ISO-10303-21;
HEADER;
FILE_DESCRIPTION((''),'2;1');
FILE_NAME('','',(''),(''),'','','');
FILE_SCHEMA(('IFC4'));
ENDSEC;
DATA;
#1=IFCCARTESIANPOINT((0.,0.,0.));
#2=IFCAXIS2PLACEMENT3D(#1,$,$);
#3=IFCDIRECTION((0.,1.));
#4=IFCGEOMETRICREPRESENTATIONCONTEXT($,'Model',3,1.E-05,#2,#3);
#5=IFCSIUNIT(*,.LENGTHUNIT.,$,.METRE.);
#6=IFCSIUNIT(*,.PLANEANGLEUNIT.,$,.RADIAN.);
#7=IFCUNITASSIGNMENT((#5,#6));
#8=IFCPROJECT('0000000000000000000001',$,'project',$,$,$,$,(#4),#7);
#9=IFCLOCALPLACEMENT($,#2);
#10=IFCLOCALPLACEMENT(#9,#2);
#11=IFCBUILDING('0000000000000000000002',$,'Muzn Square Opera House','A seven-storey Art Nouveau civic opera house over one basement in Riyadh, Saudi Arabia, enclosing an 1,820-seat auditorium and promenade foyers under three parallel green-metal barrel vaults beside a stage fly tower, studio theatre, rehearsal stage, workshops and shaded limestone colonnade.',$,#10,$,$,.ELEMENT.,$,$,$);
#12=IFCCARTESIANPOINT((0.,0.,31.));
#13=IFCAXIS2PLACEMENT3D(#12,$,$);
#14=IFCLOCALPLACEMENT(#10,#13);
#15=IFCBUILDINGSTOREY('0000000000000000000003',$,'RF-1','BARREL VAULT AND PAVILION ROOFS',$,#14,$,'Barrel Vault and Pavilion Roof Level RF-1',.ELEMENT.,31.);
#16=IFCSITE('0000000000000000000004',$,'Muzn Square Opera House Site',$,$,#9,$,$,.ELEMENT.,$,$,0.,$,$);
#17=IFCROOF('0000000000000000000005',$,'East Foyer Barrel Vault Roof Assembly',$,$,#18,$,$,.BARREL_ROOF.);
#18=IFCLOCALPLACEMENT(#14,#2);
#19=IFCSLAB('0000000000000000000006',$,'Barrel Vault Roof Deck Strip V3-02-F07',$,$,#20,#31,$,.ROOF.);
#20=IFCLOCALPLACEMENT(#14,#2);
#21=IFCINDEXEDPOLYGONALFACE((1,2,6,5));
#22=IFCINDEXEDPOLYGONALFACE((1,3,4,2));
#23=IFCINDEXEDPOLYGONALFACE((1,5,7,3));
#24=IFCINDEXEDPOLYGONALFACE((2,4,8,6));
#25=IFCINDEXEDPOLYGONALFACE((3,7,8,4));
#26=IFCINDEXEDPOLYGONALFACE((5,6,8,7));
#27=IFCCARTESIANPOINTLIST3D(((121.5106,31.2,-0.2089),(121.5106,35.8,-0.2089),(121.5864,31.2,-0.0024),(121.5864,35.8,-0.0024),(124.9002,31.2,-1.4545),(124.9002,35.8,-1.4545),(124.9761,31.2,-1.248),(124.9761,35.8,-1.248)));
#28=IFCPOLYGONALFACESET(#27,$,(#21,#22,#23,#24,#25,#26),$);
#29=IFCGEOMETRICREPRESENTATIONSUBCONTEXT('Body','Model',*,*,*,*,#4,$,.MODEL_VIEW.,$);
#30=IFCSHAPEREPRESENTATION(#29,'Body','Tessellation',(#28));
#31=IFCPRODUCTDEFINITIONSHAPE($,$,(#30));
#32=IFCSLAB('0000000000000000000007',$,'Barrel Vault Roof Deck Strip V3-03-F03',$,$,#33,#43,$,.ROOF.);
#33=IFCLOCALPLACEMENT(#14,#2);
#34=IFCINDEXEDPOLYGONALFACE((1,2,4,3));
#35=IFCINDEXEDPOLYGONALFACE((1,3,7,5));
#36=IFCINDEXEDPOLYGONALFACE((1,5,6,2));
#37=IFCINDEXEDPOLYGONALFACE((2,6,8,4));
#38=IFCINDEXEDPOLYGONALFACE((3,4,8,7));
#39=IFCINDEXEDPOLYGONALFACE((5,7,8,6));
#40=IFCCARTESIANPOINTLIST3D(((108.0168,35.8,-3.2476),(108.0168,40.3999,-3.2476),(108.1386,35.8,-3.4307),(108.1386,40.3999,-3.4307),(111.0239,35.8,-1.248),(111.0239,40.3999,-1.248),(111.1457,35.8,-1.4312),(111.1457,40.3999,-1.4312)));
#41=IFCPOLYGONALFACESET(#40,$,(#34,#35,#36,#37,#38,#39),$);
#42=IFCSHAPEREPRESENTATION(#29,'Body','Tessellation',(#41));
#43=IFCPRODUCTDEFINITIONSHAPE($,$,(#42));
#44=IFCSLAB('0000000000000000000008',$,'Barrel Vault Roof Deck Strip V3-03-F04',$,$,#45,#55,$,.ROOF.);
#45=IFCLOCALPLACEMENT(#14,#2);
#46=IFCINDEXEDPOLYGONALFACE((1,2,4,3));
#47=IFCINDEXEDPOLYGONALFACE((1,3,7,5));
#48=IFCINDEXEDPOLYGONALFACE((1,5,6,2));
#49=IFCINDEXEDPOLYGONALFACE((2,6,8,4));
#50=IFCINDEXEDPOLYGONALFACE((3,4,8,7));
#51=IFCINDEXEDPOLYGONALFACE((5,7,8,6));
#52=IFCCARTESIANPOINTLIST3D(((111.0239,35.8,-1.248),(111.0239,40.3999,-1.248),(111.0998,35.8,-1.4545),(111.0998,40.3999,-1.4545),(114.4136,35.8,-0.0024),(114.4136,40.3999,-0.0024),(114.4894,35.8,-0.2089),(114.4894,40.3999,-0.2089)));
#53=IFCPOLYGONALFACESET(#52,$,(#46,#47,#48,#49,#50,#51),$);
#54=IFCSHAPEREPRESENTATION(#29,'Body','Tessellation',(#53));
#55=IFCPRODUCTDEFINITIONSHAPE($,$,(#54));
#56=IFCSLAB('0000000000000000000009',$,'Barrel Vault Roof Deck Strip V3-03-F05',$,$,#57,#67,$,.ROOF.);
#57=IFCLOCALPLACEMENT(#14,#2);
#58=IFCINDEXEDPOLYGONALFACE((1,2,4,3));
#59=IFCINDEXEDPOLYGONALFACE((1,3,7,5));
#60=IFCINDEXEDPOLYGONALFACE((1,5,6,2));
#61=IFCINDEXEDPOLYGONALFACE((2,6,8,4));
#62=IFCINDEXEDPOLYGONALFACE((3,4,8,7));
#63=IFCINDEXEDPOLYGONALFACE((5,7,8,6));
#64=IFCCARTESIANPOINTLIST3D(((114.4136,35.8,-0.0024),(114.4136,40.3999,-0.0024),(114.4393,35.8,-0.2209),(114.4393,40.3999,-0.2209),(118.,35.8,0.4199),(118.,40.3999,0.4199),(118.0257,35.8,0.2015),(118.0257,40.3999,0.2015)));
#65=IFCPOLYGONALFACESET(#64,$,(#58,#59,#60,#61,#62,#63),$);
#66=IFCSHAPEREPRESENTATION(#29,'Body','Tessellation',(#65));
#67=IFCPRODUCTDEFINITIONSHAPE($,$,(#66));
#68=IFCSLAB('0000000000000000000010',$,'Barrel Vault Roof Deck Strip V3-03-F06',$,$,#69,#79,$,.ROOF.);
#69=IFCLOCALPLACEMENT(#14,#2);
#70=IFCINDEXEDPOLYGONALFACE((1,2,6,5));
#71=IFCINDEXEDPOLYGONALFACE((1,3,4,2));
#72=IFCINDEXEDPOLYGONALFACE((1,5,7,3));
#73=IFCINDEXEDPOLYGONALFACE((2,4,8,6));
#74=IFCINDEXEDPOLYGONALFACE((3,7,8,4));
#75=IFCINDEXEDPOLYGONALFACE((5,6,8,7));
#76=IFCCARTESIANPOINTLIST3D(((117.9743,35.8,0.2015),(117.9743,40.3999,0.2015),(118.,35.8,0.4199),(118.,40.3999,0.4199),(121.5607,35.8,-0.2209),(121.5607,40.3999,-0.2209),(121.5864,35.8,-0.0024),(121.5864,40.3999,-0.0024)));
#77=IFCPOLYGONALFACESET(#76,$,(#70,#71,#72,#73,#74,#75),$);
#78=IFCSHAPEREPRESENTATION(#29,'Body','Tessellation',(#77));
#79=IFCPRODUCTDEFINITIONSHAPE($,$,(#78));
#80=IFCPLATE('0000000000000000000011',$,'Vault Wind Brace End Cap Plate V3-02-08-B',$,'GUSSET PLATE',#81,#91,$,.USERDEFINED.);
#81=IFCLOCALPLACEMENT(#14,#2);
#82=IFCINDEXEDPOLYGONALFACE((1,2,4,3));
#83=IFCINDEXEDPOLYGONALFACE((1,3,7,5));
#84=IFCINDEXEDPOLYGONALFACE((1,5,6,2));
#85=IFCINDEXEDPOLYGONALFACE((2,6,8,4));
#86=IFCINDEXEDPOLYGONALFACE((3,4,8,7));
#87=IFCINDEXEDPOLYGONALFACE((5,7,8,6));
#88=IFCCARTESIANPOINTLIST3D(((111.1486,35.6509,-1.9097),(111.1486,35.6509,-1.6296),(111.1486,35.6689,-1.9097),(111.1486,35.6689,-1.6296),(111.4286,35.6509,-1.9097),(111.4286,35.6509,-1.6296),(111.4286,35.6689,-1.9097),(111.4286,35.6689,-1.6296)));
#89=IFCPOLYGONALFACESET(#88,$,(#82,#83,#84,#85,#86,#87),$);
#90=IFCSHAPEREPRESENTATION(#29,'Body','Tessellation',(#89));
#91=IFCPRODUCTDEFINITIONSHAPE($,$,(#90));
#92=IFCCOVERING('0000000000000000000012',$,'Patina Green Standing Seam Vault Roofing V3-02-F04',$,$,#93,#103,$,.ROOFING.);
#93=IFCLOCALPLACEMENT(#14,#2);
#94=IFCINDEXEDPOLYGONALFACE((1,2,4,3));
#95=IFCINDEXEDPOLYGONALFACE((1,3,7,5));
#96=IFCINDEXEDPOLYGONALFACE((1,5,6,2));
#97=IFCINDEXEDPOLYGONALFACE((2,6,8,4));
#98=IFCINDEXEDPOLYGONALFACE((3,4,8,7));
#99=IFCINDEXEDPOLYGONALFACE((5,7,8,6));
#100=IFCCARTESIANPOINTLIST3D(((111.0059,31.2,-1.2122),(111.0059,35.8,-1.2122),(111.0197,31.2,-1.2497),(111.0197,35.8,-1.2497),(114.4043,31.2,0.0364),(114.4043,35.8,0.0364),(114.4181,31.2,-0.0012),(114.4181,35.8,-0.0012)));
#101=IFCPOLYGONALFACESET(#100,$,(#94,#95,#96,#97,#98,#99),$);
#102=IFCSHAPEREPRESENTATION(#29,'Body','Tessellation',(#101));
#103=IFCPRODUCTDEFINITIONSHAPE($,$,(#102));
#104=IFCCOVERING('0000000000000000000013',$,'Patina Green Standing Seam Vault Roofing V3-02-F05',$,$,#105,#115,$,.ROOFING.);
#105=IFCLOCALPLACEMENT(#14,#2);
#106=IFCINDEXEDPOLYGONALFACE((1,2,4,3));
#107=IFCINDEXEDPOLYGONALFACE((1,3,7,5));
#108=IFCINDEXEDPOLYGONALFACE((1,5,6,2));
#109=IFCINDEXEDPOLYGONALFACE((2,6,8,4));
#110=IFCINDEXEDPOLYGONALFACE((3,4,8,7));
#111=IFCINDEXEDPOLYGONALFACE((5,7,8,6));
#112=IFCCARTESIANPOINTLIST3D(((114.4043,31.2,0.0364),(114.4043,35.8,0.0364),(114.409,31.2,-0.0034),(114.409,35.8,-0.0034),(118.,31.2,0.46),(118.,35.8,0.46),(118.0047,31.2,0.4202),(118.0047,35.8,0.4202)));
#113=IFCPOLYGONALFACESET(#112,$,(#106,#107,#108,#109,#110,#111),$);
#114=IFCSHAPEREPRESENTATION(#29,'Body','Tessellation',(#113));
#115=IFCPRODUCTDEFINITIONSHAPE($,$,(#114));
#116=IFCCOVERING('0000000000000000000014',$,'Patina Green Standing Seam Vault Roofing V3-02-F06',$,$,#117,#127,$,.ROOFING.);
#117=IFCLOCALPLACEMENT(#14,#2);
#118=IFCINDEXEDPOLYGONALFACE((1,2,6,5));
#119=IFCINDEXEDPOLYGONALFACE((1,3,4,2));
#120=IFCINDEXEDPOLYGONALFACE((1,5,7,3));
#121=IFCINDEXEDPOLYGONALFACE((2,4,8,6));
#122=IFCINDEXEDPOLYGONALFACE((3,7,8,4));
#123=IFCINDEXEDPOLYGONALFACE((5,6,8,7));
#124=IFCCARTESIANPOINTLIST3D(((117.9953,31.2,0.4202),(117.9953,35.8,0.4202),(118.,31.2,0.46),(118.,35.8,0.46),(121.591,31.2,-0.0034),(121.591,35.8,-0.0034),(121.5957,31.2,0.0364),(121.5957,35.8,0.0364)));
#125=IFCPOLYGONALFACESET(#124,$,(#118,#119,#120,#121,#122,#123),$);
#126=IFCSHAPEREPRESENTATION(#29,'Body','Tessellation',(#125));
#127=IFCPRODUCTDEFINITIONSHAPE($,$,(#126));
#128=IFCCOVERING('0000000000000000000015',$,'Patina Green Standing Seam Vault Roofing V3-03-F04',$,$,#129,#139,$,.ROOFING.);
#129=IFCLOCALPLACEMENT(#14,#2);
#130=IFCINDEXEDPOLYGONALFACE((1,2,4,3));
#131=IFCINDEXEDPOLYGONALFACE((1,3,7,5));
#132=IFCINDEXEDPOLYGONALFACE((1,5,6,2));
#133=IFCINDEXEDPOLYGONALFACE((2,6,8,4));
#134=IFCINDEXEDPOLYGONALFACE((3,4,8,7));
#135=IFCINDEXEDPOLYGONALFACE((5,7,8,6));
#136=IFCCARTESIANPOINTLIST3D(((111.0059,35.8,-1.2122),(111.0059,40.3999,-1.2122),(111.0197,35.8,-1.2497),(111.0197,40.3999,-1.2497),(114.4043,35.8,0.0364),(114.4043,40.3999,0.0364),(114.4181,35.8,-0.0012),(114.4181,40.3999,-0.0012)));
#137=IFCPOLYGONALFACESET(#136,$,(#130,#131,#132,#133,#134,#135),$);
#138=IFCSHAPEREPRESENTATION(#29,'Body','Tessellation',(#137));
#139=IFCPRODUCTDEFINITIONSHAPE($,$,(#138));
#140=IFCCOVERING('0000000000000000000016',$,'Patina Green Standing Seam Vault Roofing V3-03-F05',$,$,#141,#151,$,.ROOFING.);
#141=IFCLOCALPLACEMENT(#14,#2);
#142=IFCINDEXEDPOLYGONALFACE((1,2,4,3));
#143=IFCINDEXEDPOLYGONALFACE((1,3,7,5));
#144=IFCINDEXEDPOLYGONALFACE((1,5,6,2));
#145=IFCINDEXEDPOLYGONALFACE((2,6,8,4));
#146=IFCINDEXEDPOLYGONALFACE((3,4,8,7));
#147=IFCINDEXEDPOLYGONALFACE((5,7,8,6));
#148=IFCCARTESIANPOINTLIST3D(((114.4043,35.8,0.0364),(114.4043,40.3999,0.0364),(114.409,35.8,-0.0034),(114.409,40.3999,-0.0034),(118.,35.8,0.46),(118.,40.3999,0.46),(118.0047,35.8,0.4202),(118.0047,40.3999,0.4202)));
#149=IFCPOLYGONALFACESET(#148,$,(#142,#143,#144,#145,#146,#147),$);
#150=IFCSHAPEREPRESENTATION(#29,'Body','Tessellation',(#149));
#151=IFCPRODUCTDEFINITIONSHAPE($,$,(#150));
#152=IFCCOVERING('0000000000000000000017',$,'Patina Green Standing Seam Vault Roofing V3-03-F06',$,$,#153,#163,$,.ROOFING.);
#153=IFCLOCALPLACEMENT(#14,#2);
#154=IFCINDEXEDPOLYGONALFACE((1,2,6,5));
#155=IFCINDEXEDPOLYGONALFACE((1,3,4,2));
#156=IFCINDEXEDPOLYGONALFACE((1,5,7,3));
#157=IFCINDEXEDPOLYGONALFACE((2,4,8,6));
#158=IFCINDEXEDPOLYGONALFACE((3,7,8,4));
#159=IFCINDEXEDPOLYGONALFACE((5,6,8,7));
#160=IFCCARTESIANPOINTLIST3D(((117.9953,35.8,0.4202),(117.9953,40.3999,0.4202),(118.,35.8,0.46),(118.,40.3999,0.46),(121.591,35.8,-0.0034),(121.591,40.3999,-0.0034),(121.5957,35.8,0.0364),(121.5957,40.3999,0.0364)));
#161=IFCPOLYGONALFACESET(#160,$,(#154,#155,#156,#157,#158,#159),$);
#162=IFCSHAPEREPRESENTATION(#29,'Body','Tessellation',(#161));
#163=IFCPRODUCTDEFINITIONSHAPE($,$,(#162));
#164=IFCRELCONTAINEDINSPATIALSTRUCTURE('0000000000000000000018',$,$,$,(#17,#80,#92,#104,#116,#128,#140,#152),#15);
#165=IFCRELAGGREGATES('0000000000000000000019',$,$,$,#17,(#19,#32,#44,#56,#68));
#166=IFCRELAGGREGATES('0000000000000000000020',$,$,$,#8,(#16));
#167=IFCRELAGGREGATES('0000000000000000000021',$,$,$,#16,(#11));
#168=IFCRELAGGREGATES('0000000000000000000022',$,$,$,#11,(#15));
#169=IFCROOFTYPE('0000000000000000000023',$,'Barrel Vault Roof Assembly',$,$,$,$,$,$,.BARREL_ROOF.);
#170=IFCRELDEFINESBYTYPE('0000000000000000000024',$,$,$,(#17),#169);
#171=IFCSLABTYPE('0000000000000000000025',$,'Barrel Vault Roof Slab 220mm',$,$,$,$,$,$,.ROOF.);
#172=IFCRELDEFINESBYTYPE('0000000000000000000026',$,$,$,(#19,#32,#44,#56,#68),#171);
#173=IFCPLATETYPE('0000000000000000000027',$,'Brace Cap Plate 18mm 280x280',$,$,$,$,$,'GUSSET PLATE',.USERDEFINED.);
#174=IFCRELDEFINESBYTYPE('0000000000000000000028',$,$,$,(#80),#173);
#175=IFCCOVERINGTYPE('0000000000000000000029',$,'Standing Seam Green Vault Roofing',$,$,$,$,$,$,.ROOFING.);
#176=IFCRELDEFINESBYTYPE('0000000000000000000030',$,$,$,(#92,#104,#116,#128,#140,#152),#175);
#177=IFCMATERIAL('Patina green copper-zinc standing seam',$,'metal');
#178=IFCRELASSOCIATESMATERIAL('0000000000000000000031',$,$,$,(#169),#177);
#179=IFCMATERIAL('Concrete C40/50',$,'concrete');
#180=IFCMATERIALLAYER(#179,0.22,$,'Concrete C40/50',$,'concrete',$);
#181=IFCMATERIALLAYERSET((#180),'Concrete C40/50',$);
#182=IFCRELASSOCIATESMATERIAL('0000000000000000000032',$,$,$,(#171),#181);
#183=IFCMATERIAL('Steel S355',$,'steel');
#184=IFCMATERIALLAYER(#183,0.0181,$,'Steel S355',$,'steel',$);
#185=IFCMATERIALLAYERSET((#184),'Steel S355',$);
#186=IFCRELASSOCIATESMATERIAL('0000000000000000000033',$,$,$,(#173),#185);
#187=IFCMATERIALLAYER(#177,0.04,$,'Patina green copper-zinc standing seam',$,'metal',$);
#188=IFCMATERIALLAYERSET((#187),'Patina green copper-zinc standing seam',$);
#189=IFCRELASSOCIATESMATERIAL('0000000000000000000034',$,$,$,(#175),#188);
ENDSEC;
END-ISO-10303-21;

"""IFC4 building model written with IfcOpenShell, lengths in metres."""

from ifc_helpers import new_model, si_unit, direction, frame, origin, origin_2d, place, context, subcontext, project, spatial, polyline, rectangle, outline, extrude, material, layer, layer_set, type_object, element, aggregate, save


model = new_model("IFC4")

# Units and contexts
model_context = context("Model", 3, precision=1e-05, world=origin(), true_north=direction((0.0, 1.0)))
body_context = subcontext(model_context, "Body", "Model", "MODEL_VIEW")
ifc_project = project(units=[si_unit("LENGTHUNIT", "METRE"), si_unit("PLANEANGLEUNIT", "RADIAN")], contexts=[model_context])

# Site, building, storey
site_placement = place(None, origin())
site = spatial("IfcSite", under=ifc_project, at=site_placement, Name="Muzn Square Opera House Site", CompositionType="ELEMENT", RefElevation=0.0)
building_placement = place(site_placement, origin())
building = spatial("IfcBuilding", under=site, at=building_placement, Name="Muzn Square Opera House", Description="A seven-storey Art Nouveau civic opera house over one basement in Riyadh, Saudi Arabia, enclosing an 1,820-seat auditorium and promenade foyers under three parallel green-metal barrel vaults beside a stage fly tower, studio theatre, rehearsal stage, workshops and shaded limestone colonnade.", CompositionType="ELEMENT")
storey_placement = place(building_placement, frame((0.0, 0.0, 31.0)))
storey = spatial("IfcBuildingStorey", under=building, at=storey_placement, Name="RF-1", Description="BARREL VAULT AND PAVILION ROOFS", LongName="Barrel Vault and Pavilion Roof Level RF-1", CompositionType="ELEMENT", Elevation=31.0)

# Shared definitions
ifc_material_1 = material(Name="Steel S355", Category="steel")

# Roof, slabs
ifc_material_2 = material(Name="Patina green copper-zinc standing seam", Category="metal")
roof_type = type_object("IfcRoofType", Name="Barrel Vault Roof Assembly", PredefinedType="BARREL_ROOF", material=ifc_material_2)
roof_placement = place(storey_placement, origin())
roof = element("IfcRoof", 1, at=roof_placement, inside=storey, type_object=roof_type, Name="East Foyer Barrel Vault Roof Assembly", PredefinedType="BARREL_ROOF")
ifc_material_3 = material(Name="Concrete C40/50", Category="concrete")
ifc_layer_1 = layer(ifc_material_3, 0.22, Name="Concrete C40/50", Category="concrete")
ifc_layer_set_1 = layer_set([ifc_layer_1], Name="Concrete C40/50")
slab_type = type_object("IfcSlabType", Name="Barrel Vault Roof Slab 220mm", PredefinedType="ROOF", material=ifc_layer_set_1)
slab_1_placement = place(storey_placement, frame((121.5864, 31.2, -0.0024), z_axis=(0.344922, 0.0, 0.938631), x_axis=(0.938631, 0.0, -0.344922)))
slab_1 = element("IfcSlab", 2, at=slab_1_placement, type_object=slab_type, Name="Barrel Vault Roof Deck Strip V3-02-F07", PredefinedType="ROOF", context=body_context, shape_type="SweptSolid", body=[
    extrude(outline(polyline([(0.0, 0.0), (3.6113, 0.0), (3.6113, 4.6001), (0.0, 4.6001), (0.0, 0.0)])), origin(), (0.0, 0.0, -1.0), 0.22),
])
slab_2_placement = place(storey_placement, frame((111.0239, 35.8, -1.248), z_axis=(-0.553701, 0.0, 0.832715), x_axis=(0.0, 1.0, 0.0)))
slab_2 = element("IfcSlab", 3, at=slab_2_placement, type_object=slab_type, Name="Barrel Vault Roof Deck Strip V3-03-F03", PredefinedType="ROOF", context=body_context, shape_type="SweptSolid", body=[
    extrude(outline(polyline([(0.0, 3.6112), (0.0, 0.0), (4.5999, 0.0), (4.5999, 3.6112), (0.0, 3.6112)])), origin(), (0.0, 0.0, -1.0), 0.22),
])
slab_3_placement = place(storey_placement, frame((114.4136, 35.8, -0.0024), z_axis=(-0.344922, 0.0, 0.938631), x_axis=(0.0, 1.0, 0.0)))
slab_3 = element("IfcSlab", 4, at=slab_3_placement, type_object=slab_type, Name="Barrel Vault Roof Deck Strip V3-03-F04", PredefinedType="ROOF", context=body_context, shape_type="SweptSolid", body=[
    extrude(outline(polyline([(0.0, 3.6113), (0.0, 0.0), (4.5999, 0.0), (4.5999, 3.6113), (0.0, 3.6113)])), origin(), (0.0, 0.0, -1.0), 0.22),
])
slab_4_placement = place(storey_placement, frame((118.0, 35.8, 0.4199), z_axis=(-0.116959, 0.0, 0.993137), x_axis=(0.0, 1.0, 0.0)))
slab_4 = element("IfcSlab", 5, at=slab_4_placement, type_object=slab_type, Name="Barrel Vault Roof Deck Strip V3-03-F05", PredefinedType="ROOF", context=body_context, shape_type="SweptSolid", body=[
    extrude(outline(polyline([(0.0, 3.6112), (0.0, 0.0), (4.5999, 0.0), (4.5999, 3.6112), (0.0, 3.6112)])), origin(), (0.0, 0.0, -1.0), 0.22),
])
slab_5_placement = place(storey_placement, frame((118.0, 35.8, 0.4199), z_axis=(0.116959, 0.0, 0.993137), x_axis=(0.993137, 0.0, -0.116959)))
slab_5 = element("IfcSlab", 6, at=slab_5_placement, type_object=slab_type, Name="Barrel Vault Roof Deck Strip V3-03-F06", PredefinedType="ROOF", context=body_context, shape_type="SweptSolid", body=[
    extrude(outline(polyline([(0.0, 0.0), (3.6112, 0.0), (3.6112, 4.5999), (0.0, 4.5999), (0.0, 0.0)])), origin(), (0.0, 0.0, -1.0), 0.22),
])
aggregate(roof, [slab_1, slab_2, slab_3, slab_4, slab_5])

# Plate
ifc_layer_2 = layer(ifc_material_1, 0.0181, Name="Steel S355", Category="steel")
ifc_layer_set_2 = layer_set([ifc_layer_2], Name="Steel S355")
plate_type = type_object("IfcPlateType", Name="Brace Cap Plate 18mm 280x280", ElementType="GUSSET PLATE", PredefinedType="USERDEFINED", material=ifc_layer_set_2)
plate_placement = place(storey_placement, frame((111.2886, 35.6599, -1.9097), z_axis=(0.0, 0.0, 1.0), x_axis=(1.0, 0.0, 0.0)))
element("IfcPlate", 7, at=plate_placement, inside=storey, type_object=plate_type, Name="Vault Wind Brace End Cap Plate V3-02-08-B", ObjectType="GUSSET PLATE", PredefinedType="USERDEFINED", context=body_context, shape_type="SweptSolid", body=[
    extrude(rectangle(XDim=0.28, YDim=0.0181, at=origin_2d()), origin(), (0.0, 0.0, 1.0), 0.28),
])

# Coverings
ifc_layer_3 = layer(ifc_material_2, 0.04, Name="Patina green copper-zinc standing seam", Category="metal")
ifc_layer_set_3 = layer_set([ifc_layer_3], Name="Patina green copper-zinc standing seam")
covering_type = type_object("IfcCoveringType", Name="Standing Seam Green Vault Roofing", PredefinedType="ROOFING", material=ifc_layer_set_3)
covering_1_placement = place(storey_placement, frame((114.4043, 31.2, 0.0364), z_axis=(-0.344849, 0.0, 0.938658), x_axis=(0.0, 1.0, 0.0)))
element("IfcCovering", 8, at=covering_1_placement, inside=storey, type_object=covering_type, Name="Patina Green Standing Seam Vault Roofing V3-02-F04", PredefinedType="ROOFING", context=body_context, shape_type="SweptSolid", body=[
    extrude(outline(polyline([(0.0, 3.6205), (0.0, 0.0), (4.6001, 0.0), (4.6001, 3.6205), (0.0, 3.6205)])), origin(), (0.0, 0.0, -1.0), 0.04),
])
covering_2_placement = place(storey_placement, frame((118.0, 31.2, 0.46), z_axis=(-0.116994, 0.0, 0.993133), x_axis=(0.0, 1.0, 0.0)))
element("IfcCovering", 9, at=covering_2_placement, inside=storey, type_object=covering_type, Name="Patina Green Standing Seam Vault Roofing V3-02-F05", PredefinedType="ROOFING", context=body_context, shape_type="SweptSolid", body=[
    extrude(outline(polyline([(0.0, 3.6206), (0.0, 0.0), (4.6001, 0.0), (4.6001, 3.6206), (0.0, 3.6206)])), origin(), (0.0, 0.0, -1.0), 0.04),
])
covering_3_placement = place(storey_placement, frame((118.0, 31.2, 0.46), z_axis=(0.116994, 0.0, 0.993133), x_axis=(0.993133, 0.0, -0.116994)))
element("IfcCovering", 10, at=covering_3_placement, inside=storey, type_object=covering_type, Name="Patina Green Standing Seam Vault Roofing V3-02-F06", PredefinedType="ROOFING", context=body_context, shape_type="SweptSolid", body=[
    extrude(outline(polyline([(0.0, 0.0), (3.6206, 0.0), (3.6206, 4.6001), (0.0, 4.6001), (0.0, 0.0)])), origin(), (0.0, 0.0, -1.0), 0.04),
])
covering_4_placement = place(storey_placement, frame((114.4043, 35.8, 0.0364), z_axis=(-0.344849, 0.0, 0.938658), x_axis=(0.0, 1.0, 0.0)))
element("IfcCovering", 11, at=covering_4_placement, inside=storey, type_object=covering_type, Name="Patina Green Standing Seam Vault Roofing V3-03-F04", PredefinedType="ROOFING", context=body_context, shape_type="SweptSolid", body=[
    extrude(outline(polyline([(0.0, 3.6205), (0.0, 0.0), (4.5999, 0.0), (4.5999, 3.6205), (0.0, 3.6205)])), origin(), (0.0, 0.0, -1.0), 0.04),
])
covering_5_placement = place(storey_placement, frame((118.0, 35.8, 0.46), z_axis=(-0.116994, 0.0, 0.993133), x_axis=(0.0, 1.0, 0.0)))
element("IfcCovering", 12, at=covering_5_placement, inside=storey, type_object=covering_type, Name="Patina Green Standing Seam Vault Roofing V3-03-F05", PredefinedType="ROOFING", context=body_context, shape_type="SweptSolid", body=[
    extrude(outline(polyline([(0.0, 3.6206), (0.0, 0.0), (4.5999, 0.0), (4.5999, 3.6206), (0.0, 3.6206)])), origin(), (0.0, 0.0, -1.0), 0.04),
])
covering_6_placement = place(storey_placement, frame((118.0, 35.8, 0.46), z_axis=(0.116994, 0.0, 0.993133), x_axis=(0.993133, 0.0, -0.116994)))
element("IfcCovering", 13, at=covering_6_placement, inside=storey, type_object=covering_type, Name="Patina Green Standing Seam Vault Roofing V3-03-F06", PredefinedType="ROOFING", context=body_context, shape_type="SweptSolid", body=[
    extrude(outline(polyline([(0.0, 0.0), (3.6206, 0.0), (3.6206, 4.5999), (0.0, 4.5999), (0.0, 0.0)])), origin(), (0.0, 0.0, -1.0), 0.04),
])

save(model, "model.ifc")
